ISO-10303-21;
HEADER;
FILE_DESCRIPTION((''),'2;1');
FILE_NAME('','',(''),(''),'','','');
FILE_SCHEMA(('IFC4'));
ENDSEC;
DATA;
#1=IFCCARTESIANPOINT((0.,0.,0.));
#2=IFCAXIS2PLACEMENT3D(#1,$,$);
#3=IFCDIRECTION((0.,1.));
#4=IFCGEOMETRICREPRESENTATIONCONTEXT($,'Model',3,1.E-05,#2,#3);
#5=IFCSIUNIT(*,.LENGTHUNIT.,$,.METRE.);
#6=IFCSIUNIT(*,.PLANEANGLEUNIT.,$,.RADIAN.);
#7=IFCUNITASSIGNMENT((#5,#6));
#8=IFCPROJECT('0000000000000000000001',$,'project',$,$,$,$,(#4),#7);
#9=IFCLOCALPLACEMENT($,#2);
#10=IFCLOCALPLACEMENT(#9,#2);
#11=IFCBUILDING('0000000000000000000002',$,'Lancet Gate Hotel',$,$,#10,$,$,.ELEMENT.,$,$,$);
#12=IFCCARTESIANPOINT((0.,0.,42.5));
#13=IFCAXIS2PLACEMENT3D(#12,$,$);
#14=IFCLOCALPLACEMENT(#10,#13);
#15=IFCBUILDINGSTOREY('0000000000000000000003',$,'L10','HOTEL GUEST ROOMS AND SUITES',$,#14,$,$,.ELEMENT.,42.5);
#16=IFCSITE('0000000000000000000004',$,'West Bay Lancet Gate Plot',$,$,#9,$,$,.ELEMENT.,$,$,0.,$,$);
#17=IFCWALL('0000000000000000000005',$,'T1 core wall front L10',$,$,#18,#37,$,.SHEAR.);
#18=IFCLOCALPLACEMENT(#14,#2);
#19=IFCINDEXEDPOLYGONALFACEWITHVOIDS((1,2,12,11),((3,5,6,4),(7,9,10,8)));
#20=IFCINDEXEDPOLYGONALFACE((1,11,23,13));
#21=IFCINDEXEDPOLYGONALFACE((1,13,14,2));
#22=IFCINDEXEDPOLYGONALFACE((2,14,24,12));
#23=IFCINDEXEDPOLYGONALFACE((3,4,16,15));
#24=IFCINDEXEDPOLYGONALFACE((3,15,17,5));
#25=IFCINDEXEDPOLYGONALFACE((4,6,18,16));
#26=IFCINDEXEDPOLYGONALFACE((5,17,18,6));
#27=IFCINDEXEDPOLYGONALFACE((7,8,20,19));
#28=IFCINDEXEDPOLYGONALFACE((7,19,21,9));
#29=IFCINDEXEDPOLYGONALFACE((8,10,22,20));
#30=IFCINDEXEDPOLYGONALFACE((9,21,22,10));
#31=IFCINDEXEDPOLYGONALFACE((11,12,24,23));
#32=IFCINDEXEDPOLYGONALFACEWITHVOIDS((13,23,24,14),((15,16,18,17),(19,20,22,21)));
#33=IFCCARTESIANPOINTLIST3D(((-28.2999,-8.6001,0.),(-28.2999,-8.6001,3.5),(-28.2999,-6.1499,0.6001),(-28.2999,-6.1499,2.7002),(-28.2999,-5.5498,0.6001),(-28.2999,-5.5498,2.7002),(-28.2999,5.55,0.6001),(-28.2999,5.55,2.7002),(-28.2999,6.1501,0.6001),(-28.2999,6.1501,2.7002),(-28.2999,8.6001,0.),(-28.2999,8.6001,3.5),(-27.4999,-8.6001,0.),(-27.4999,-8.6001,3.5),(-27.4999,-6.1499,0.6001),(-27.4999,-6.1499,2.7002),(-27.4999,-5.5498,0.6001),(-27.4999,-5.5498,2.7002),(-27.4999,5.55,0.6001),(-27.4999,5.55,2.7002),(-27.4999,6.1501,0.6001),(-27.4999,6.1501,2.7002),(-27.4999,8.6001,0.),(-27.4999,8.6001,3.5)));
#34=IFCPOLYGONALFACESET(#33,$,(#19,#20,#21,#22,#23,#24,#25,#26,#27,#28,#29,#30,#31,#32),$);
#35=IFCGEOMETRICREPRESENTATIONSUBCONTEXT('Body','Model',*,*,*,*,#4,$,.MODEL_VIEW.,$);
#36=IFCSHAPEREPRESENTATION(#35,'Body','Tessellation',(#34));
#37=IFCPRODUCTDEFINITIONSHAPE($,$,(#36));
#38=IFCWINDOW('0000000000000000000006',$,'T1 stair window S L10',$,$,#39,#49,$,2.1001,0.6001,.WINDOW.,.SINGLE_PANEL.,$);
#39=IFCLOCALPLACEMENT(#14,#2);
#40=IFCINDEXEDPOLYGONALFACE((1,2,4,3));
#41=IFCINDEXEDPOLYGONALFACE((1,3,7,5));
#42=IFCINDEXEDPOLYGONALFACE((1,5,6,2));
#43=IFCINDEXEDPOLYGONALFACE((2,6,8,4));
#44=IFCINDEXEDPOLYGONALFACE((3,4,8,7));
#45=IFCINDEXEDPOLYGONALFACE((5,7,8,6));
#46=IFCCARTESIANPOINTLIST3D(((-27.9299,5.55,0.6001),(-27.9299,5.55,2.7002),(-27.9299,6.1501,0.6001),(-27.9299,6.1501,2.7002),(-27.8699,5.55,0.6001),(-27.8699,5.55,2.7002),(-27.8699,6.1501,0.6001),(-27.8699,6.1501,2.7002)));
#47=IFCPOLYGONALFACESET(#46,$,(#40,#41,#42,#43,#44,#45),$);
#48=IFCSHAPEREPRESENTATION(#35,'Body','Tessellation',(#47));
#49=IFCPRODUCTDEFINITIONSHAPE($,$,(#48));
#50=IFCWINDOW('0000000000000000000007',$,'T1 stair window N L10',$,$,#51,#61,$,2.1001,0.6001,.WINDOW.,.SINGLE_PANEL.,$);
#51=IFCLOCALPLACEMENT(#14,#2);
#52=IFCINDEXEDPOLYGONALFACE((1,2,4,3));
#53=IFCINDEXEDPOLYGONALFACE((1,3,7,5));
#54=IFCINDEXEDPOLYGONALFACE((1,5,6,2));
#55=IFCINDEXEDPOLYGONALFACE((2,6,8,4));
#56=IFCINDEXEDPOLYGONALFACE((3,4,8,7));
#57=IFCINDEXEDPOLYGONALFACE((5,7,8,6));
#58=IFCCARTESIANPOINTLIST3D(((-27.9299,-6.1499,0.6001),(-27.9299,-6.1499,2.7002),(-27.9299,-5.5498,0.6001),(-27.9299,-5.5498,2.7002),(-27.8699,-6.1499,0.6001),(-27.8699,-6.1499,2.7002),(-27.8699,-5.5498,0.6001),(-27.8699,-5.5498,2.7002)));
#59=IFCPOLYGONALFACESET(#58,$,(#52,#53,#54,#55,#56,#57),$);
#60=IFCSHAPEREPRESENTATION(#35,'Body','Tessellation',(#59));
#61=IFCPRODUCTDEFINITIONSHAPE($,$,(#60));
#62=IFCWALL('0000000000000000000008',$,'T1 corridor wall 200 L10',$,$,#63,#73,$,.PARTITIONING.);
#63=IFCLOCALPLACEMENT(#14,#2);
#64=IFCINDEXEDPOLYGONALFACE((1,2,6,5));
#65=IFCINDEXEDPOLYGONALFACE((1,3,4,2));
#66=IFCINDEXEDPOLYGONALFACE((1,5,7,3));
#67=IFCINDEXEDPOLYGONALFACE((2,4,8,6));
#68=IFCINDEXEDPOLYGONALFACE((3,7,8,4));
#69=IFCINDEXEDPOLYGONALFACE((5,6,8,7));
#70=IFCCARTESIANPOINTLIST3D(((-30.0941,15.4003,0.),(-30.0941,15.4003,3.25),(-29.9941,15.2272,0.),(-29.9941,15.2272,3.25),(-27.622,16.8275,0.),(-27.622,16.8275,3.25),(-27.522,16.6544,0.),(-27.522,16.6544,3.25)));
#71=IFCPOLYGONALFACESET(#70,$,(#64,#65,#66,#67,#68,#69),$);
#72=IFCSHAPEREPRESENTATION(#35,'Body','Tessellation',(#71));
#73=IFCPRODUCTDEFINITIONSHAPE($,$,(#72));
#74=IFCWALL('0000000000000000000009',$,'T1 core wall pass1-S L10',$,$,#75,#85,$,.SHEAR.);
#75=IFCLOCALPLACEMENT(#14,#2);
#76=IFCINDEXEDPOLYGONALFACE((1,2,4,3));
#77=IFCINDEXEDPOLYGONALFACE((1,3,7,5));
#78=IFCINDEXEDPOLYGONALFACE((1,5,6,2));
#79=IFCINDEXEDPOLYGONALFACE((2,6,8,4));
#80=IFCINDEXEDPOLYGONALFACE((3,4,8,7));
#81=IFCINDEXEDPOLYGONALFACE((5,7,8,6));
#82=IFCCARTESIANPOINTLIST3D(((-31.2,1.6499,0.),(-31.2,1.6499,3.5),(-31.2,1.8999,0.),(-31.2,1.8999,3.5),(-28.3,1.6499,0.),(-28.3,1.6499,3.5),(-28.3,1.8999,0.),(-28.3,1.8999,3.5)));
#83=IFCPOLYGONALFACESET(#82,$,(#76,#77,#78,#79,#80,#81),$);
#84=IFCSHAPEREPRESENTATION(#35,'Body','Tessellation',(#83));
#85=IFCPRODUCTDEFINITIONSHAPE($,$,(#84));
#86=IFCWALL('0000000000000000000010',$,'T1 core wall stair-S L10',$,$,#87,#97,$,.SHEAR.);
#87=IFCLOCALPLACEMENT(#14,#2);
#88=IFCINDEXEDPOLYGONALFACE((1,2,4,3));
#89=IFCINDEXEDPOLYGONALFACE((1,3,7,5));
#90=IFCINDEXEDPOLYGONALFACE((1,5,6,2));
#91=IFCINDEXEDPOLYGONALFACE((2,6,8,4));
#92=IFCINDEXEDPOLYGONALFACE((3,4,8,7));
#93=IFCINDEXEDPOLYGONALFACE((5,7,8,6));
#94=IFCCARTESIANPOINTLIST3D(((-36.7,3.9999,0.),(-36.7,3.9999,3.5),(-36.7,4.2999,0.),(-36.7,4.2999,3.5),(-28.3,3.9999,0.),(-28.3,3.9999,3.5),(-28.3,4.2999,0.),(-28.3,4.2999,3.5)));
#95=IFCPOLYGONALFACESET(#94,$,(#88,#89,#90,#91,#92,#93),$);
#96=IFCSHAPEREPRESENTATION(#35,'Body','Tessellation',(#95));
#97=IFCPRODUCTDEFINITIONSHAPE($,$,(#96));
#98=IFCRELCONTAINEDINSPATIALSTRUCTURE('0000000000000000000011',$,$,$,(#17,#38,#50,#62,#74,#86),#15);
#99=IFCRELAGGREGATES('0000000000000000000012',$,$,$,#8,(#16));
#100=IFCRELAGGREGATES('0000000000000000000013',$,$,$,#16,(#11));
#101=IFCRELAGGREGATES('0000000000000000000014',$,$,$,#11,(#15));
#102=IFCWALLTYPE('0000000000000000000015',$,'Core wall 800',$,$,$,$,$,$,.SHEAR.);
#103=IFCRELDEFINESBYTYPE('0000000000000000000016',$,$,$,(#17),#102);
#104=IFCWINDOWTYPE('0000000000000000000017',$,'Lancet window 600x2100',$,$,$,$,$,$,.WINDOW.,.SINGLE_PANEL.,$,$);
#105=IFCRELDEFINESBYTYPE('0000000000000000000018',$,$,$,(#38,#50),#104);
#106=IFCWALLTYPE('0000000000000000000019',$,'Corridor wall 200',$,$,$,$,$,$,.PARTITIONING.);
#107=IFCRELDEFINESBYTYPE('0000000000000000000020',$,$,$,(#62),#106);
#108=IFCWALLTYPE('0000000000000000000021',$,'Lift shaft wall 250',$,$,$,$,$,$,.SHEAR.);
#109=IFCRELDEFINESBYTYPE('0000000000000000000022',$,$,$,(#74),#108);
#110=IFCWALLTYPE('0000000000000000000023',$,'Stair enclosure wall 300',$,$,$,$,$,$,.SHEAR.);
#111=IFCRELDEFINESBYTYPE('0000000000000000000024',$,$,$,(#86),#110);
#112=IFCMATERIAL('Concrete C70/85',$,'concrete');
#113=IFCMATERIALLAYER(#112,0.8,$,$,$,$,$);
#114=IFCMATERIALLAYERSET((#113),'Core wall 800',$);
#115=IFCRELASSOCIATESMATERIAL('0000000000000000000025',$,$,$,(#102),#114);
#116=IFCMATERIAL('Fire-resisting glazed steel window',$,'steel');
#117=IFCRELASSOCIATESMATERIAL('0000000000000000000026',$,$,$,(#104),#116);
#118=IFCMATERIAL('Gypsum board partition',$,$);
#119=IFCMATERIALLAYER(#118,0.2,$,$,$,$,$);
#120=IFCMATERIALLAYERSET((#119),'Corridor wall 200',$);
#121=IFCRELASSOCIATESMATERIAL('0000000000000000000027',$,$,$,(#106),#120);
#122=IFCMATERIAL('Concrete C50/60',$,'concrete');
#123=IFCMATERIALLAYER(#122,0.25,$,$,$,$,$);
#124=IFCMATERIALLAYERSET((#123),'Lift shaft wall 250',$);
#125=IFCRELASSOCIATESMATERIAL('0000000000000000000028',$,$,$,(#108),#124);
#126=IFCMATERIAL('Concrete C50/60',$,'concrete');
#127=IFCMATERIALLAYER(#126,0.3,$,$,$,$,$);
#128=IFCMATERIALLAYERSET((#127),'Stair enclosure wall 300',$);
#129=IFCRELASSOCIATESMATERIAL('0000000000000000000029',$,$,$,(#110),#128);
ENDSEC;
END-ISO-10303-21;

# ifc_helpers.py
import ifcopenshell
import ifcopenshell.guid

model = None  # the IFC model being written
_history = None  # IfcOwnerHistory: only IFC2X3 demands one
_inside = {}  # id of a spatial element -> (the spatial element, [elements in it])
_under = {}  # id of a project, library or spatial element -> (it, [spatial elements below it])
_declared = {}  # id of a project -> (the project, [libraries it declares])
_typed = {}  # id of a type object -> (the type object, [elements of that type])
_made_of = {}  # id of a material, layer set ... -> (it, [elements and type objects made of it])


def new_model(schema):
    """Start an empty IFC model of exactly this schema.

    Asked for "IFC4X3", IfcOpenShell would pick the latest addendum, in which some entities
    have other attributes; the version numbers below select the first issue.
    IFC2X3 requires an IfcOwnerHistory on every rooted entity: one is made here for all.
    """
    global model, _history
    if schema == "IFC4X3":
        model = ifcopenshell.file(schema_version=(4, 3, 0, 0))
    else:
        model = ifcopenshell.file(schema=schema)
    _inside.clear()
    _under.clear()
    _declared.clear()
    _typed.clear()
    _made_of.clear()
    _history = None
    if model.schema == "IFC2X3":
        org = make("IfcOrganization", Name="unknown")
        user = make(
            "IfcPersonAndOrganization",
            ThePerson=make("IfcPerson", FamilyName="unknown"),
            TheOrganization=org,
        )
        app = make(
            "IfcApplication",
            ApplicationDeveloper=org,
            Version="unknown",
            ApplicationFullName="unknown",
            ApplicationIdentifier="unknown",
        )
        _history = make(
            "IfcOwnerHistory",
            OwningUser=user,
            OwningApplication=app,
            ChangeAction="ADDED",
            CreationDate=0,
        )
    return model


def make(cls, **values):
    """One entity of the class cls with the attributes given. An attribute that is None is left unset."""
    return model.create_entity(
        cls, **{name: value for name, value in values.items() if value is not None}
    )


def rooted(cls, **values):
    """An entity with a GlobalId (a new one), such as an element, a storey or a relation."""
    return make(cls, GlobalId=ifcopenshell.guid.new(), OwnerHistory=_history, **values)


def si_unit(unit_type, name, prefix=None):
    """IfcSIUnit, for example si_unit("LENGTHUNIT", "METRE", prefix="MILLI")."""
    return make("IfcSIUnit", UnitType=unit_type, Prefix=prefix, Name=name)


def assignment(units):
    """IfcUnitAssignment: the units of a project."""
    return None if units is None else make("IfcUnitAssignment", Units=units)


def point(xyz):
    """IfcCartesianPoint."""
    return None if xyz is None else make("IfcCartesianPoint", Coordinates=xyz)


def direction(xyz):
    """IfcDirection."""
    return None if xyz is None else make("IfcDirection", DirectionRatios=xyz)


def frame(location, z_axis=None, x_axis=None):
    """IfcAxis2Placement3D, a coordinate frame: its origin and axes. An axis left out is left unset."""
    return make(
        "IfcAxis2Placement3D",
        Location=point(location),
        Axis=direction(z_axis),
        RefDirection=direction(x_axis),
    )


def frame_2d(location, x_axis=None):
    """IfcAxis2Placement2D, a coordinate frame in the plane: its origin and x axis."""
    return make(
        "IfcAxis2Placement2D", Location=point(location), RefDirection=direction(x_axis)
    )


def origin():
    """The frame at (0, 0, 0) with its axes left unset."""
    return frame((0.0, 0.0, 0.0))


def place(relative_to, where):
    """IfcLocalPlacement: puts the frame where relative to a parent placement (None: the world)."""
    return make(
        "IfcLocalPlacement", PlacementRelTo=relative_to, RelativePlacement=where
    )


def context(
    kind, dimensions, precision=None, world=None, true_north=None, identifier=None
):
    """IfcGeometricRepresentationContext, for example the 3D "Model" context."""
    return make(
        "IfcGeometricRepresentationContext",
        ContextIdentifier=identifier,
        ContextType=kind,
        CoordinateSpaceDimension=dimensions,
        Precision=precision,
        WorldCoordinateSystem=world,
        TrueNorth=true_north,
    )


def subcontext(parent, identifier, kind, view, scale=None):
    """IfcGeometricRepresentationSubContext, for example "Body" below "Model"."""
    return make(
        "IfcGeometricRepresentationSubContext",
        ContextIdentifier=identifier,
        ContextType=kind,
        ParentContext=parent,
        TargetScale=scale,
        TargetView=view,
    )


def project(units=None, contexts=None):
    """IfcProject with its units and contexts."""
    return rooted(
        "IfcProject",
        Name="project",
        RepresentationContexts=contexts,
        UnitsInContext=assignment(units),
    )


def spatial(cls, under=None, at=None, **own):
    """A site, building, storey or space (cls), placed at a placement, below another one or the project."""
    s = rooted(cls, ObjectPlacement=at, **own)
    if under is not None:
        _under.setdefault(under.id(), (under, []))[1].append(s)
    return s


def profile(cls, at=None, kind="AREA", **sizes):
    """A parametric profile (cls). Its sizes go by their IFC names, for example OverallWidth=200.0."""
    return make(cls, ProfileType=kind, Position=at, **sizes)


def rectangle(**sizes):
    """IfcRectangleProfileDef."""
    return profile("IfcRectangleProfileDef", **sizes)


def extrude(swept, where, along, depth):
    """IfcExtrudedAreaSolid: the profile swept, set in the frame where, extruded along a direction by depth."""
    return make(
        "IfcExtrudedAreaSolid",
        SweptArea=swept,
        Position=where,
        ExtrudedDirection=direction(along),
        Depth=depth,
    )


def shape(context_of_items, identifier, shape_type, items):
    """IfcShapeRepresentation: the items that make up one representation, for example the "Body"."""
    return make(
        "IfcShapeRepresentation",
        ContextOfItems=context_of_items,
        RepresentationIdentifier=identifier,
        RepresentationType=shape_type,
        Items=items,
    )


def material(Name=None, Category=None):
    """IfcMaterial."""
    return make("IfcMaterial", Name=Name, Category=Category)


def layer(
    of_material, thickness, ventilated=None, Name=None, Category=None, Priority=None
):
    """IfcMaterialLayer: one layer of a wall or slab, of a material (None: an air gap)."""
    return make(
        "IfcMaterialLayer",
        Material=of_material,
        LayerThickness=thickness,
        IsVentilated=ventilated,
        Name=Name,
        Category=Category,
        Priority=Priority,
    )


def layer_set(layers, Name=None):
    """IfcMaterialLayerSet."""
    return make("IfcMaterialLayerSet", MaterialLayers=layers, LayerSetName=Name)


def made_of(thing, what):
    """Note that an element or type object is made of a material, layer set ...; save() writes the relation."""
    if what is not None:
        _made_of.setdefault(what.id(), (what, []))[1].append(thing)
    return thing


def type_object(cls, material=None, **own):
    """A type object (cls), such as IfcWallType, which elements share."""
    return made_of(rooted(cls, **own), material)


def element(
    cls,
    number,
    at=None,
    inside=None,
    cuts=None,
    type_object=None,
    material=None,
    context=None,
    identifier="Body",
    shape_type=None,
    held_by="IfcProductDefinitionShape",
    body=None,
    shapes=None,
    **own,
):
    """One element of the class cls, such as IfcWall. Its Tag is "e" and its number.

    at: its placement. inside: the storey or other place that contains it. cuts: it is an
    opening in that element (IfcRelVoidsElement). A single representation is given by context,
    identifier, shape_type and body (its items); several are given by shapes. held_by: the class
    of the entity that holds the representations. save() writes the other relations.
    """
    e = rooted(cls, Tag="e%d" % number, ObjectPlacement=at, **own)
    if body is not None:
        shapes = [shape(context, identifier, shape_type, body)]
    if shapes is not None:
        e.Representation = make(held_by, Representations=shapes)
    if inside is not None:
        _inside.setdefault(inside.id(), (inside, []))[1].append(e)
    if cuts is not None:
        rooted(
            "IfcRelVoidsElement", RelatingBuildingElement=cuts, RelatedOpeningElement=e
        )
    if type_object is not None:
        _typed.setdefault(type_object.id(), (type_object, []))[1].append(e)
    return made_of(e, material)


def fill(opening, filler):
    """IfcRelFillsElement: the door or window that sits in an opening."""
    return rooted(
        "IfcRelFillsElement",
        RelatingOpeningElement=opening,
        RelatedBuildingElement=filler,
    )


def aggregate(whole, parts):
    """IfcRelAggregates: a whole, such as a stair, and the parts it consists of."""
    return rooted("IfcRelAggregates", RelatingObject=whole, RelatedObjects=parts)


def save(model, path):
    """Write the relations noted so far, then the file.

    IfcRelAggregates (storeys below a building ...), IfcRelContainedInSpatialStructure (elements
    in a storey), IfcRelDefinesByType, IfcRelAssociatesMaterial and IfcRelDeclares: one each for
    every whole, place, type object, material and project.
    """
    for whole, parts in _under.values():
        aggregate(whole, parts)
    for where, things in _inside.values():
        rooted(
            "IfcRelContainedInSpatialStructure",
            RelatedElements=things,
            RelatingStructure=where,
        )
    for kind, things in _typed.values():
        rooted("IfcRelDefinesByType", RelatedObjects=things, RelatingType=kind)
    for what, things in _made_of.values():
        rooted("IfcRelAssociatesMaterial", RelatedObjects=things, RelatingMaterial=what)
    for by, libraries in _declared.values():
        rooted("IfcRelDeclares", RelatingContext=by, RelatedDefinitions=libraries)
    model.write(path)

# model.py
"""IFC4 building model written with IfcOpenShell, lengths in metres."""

from ifc_helpers import new_model, si_unit, direction, frame, frame_2d, origin, place, context, subcontext, project, spatial, rectangle, extrude, material, layer, layer_set, type_object, element, fill, save


model = new_model("IFC4")

# Units and contexts
model_context = context("Model", 3, precision=1e-05, world=origin(), true_north=direction((0.0, 1.0)))
body_context = subcontext(model_context, "Body", "Model", "MODEL_VIEW")
ifc_project = project(units=[si_unit("LENGTHUNIT", "METRE"), si_unit("PLANEANGLEUNIT", "RADIAN")], contexts=[model_context])

# Site, building, storey
site_placement = place(None, origin())
site = spatial("IfcSite", under=ifc_project, at=site_placement, Name="West Bay Lancet Gate Plot", CompositionType="ELEMENT", RefElevation=0.0)
building_placement = place(site_placement, origin())
building = spatial("IfcBuilding", under=site, at=building_placement, Name="Lancet Gate Hotel", CompositionType="ELEMENT")
storey_placement = place(building_placement, frame((0.0, 0.0, 42.5)))
storey = spatial("IfcBuildingStorey", under=building, at=storey_placement, Name="L10", Description="HOTEL GUEST ROOMS AND SUITES", CompositionType="ELEMENT", Elevation=42.5)

# Wall, openings, windows
ifc_material_1 = material(Name="Concrete C70/85", Category="concrete")
ifc_layer_1 = layer(ifc_material_1, 0.8)
ifc_layer_set_1 = layer_set([ifc_layer_1], Name="Core wall 800")
wall_type_1 = type_object("IfcWallType", Name="Core wall 800", PredefinedType="SHEAR", material=ifc_layer_set_1)
wall_1_placement = place(storey_placement, frame((-27.8999, 8.6001, 0.0), z_axis=(0.0, 0.0, 1.0), x_axis=(0.0, -1.0, 0.0)))
wall_1 = element("IfcWall", 1, at=wall_1_placement, inside=storey, type_object=wall_type_1, Name="T1 core wall front L10", PredefinedType="SHEAR", context=body_context, shape_type="SweptSolid", body=[
    extrude(rectangle(XDim=17.2002, YDim=0.8, at=frame_2d((8.6001, 0.0))), origin(), (0.0, 0.0, 1.0), 3.5),
])
opening_1_placement = place(wall_1_placement, frame((2.45, 0.0, 0.6001)))
opening_1 = element("IfcOpeningElement", 2, at=opening_1_placement, cuts=wall_1, PredefinedType="OPENING", context=body_context, shape_type="SweptSolid", body=[
    extrude(rectangle(XDim=0.6001, YDim=2.1001, at=frame_2d((0.3, 1.05))), frame((0.0, 0.4099, 0.0), z_axis=(0.0, -1.0, 0.0), x_axis=(1.0, 0.0, 0.0)), (0.0, 0.0, 1.0), 0.8201),
])
opening_2_placement = place(wall_1_placement, frame((14.1499, 0.0, 0.6001)))
opening_2 = element("IfcOpeningElement", 3, at=opening_2_placement, cuts=wall_1, PredefinedType="OPENING", context=body_context, shape_type="SweptSolid", body=[
    extrude(rectangle(XDim=0.6001, YDim=2.1001, at=frame_2d((0.3, 1.05))), frame((0.0, 0.4099, 0.0), z_axis=(0.0, -1.0, 0.0), x_axis=(1.0, 0.0, 0.0)), (0.0, 0.0, 1.0), 0.8201),
])
ifc_material_2 = material(Name="Fire-resisting glazed steel window", Category="steel")
window_type = type_object("IfcWindowType", Name="Lancet window 600x2100", PartitioningType="SINGLE_PANEL", PredefinedType="WINDOW", material=ifc_material_2)
window_1_placement = place(opening_1_placement, origin())
window_1 = element("IfcWindow", 4, at=window_1_placement, inside=storey, type_object=window_type, Name="T1 stair window S L10", OverallHeight=2.1001, OverallWidth=0.6001, PartitioningType="SINGLE_PANEL", PredefinedType="WINDOW", context=body_context, shape_type="SweptSolid", body=[
    extrude(rectangle(XDim=0.6001, YDim=2.1001, at=frame_2d((0.3, 1.05))), frame((0.0, 0.03, 0.0), z_axis=(0.0, -1.0, 0.0), x_axis=(1.0, 0.0, 0.0)), (0.0, 0.0, 1.0), 0.0601),
])
fill(opening_1, window_1)
window_2_placement = place(opening_2_placement, origin())
window_2 = element("IfcWindow", 5, at=window_2_placement, inside=storey, type_object=window_type, Name="T1 stair window N L10", OverallHeight=2.1001, OverallWidth=0.6001, PartitioningType="SINGLE_PANEL", PredefinedType="WINDOW", context=body_context, shape_type="SweptSolid", body=[
    extrude(rectangle(XDim=0.6001, YDim=2.1001, at=frame_2d((0.3, 1.05))), frame((0.0, 0.03, 0.0), z_axis=(0.0, -1.0, 0.0), x_axis=(1.0, 0.0, 0.0)), (0.0, 0.0, 1.0), 0.0601),
])
fill(opening_2, window_2)

# Walls
ifc_material_3 = material(Name="Gypsum board partition")
ifc_layer_2 = layer(ifc_material_3, 0.2)
ifc_layer_set_2 = layer_set([ifc_layer_2], Name="Corridor wall 200")
wall_type_2 = type_object("IfcWallType", Name="Corridor wall 200", PredefinedType="PARTITIONING", material=ifc_layer_set_2)
wall_2_placement = place(storey_placement, frame((-27.572, 16.741, 0.0), z_axis=(0.0, 0.0, 1.0), x_axis=(-0.866035, -0.499984, 0.0)))
element("IfcWall", 6, at=wall_2_placement, inside=storey, type_object=wall_type_2, Name="T1 corridor wall 200 L10", PredefinedType="PARTITIONING", context=body_context, shape_type="SweptSolid", body=[
    extrude(rectangle(XDim=2.8545, YDim=0.2, at=frame_2d((1.4272, 0.0))), origin(), (0.0, 0.0, 1.0), 3.25),
])
ifc_material_4 = material(Name="Concrete C50/60", Category="concrete")
ifc_layer_3 = layer(ifc_material_4, 0.25)
ifc_layer_set_3 = layer_set([ifc_layer_3], Name="Lift shaft wall 250")
wall_type_3 = type_object("IfcWallType", Name="Lift shaft wall 250", PredefinedType="SHEAR", material=ifc_layer_set_3)
wall_3_placement = place(storey_placement, frame((-28.3, 1.7749, 0.0), z_axis=(0.0, 0.0, 1.0), x_axis=(-1.0, 0.0, 0.0)))
element("IfcWall", 7, at=wall_3_placement, inside=storey, type_object=wall_type_3, Name="T1 core wall pass1-S L10", PredefinedType="SHEAR", context=body_context, shape_type="SweptSolid", body=[
    extrude(rectangle(XDim=2.8999, YDim=0.25, at=frame_2d((1.45, 0.0))), origin(), (0.0, 0.0, 1.0), 3.5),
])
ifc_material_5 = material(Name="Concrete C50/60", Category="concrete")
ifc_layer_4 = layer(ifc_material_5, 0.3)
ifc_layer_set_4 = layer_set([ifc_layer_4], Name="Stair enclosure wall 300")
wall_type_4 = type_object("IfcWallType", Name="Stair enclosure wall 300", PredefinedType="SHEAR", material=ifc_layer_set_4)
wall_4_placement = place(storey_placement, frame((-28.3, 4.1499, 0.0), z_axis=(0.0, 0.0, 1.0), x_axis=(-1.0, 0.0, 0.0)))
element("IfcWall", 8, at=wall_4_placement, inside=storey, type_object=wall_type_4, Name="T1 core wall stair-S L10", PredefinedType="SHEAR", context=body_context, shape_type="SweptSolid", body=[
    extrude(rectangle(XDim=8.3999, YDim=0.3, at=frame_2d((4.2, 0.0))), origin(), (0.0, 0.0, 1.0), 3.5),
])

save(model, "model.ifc")
